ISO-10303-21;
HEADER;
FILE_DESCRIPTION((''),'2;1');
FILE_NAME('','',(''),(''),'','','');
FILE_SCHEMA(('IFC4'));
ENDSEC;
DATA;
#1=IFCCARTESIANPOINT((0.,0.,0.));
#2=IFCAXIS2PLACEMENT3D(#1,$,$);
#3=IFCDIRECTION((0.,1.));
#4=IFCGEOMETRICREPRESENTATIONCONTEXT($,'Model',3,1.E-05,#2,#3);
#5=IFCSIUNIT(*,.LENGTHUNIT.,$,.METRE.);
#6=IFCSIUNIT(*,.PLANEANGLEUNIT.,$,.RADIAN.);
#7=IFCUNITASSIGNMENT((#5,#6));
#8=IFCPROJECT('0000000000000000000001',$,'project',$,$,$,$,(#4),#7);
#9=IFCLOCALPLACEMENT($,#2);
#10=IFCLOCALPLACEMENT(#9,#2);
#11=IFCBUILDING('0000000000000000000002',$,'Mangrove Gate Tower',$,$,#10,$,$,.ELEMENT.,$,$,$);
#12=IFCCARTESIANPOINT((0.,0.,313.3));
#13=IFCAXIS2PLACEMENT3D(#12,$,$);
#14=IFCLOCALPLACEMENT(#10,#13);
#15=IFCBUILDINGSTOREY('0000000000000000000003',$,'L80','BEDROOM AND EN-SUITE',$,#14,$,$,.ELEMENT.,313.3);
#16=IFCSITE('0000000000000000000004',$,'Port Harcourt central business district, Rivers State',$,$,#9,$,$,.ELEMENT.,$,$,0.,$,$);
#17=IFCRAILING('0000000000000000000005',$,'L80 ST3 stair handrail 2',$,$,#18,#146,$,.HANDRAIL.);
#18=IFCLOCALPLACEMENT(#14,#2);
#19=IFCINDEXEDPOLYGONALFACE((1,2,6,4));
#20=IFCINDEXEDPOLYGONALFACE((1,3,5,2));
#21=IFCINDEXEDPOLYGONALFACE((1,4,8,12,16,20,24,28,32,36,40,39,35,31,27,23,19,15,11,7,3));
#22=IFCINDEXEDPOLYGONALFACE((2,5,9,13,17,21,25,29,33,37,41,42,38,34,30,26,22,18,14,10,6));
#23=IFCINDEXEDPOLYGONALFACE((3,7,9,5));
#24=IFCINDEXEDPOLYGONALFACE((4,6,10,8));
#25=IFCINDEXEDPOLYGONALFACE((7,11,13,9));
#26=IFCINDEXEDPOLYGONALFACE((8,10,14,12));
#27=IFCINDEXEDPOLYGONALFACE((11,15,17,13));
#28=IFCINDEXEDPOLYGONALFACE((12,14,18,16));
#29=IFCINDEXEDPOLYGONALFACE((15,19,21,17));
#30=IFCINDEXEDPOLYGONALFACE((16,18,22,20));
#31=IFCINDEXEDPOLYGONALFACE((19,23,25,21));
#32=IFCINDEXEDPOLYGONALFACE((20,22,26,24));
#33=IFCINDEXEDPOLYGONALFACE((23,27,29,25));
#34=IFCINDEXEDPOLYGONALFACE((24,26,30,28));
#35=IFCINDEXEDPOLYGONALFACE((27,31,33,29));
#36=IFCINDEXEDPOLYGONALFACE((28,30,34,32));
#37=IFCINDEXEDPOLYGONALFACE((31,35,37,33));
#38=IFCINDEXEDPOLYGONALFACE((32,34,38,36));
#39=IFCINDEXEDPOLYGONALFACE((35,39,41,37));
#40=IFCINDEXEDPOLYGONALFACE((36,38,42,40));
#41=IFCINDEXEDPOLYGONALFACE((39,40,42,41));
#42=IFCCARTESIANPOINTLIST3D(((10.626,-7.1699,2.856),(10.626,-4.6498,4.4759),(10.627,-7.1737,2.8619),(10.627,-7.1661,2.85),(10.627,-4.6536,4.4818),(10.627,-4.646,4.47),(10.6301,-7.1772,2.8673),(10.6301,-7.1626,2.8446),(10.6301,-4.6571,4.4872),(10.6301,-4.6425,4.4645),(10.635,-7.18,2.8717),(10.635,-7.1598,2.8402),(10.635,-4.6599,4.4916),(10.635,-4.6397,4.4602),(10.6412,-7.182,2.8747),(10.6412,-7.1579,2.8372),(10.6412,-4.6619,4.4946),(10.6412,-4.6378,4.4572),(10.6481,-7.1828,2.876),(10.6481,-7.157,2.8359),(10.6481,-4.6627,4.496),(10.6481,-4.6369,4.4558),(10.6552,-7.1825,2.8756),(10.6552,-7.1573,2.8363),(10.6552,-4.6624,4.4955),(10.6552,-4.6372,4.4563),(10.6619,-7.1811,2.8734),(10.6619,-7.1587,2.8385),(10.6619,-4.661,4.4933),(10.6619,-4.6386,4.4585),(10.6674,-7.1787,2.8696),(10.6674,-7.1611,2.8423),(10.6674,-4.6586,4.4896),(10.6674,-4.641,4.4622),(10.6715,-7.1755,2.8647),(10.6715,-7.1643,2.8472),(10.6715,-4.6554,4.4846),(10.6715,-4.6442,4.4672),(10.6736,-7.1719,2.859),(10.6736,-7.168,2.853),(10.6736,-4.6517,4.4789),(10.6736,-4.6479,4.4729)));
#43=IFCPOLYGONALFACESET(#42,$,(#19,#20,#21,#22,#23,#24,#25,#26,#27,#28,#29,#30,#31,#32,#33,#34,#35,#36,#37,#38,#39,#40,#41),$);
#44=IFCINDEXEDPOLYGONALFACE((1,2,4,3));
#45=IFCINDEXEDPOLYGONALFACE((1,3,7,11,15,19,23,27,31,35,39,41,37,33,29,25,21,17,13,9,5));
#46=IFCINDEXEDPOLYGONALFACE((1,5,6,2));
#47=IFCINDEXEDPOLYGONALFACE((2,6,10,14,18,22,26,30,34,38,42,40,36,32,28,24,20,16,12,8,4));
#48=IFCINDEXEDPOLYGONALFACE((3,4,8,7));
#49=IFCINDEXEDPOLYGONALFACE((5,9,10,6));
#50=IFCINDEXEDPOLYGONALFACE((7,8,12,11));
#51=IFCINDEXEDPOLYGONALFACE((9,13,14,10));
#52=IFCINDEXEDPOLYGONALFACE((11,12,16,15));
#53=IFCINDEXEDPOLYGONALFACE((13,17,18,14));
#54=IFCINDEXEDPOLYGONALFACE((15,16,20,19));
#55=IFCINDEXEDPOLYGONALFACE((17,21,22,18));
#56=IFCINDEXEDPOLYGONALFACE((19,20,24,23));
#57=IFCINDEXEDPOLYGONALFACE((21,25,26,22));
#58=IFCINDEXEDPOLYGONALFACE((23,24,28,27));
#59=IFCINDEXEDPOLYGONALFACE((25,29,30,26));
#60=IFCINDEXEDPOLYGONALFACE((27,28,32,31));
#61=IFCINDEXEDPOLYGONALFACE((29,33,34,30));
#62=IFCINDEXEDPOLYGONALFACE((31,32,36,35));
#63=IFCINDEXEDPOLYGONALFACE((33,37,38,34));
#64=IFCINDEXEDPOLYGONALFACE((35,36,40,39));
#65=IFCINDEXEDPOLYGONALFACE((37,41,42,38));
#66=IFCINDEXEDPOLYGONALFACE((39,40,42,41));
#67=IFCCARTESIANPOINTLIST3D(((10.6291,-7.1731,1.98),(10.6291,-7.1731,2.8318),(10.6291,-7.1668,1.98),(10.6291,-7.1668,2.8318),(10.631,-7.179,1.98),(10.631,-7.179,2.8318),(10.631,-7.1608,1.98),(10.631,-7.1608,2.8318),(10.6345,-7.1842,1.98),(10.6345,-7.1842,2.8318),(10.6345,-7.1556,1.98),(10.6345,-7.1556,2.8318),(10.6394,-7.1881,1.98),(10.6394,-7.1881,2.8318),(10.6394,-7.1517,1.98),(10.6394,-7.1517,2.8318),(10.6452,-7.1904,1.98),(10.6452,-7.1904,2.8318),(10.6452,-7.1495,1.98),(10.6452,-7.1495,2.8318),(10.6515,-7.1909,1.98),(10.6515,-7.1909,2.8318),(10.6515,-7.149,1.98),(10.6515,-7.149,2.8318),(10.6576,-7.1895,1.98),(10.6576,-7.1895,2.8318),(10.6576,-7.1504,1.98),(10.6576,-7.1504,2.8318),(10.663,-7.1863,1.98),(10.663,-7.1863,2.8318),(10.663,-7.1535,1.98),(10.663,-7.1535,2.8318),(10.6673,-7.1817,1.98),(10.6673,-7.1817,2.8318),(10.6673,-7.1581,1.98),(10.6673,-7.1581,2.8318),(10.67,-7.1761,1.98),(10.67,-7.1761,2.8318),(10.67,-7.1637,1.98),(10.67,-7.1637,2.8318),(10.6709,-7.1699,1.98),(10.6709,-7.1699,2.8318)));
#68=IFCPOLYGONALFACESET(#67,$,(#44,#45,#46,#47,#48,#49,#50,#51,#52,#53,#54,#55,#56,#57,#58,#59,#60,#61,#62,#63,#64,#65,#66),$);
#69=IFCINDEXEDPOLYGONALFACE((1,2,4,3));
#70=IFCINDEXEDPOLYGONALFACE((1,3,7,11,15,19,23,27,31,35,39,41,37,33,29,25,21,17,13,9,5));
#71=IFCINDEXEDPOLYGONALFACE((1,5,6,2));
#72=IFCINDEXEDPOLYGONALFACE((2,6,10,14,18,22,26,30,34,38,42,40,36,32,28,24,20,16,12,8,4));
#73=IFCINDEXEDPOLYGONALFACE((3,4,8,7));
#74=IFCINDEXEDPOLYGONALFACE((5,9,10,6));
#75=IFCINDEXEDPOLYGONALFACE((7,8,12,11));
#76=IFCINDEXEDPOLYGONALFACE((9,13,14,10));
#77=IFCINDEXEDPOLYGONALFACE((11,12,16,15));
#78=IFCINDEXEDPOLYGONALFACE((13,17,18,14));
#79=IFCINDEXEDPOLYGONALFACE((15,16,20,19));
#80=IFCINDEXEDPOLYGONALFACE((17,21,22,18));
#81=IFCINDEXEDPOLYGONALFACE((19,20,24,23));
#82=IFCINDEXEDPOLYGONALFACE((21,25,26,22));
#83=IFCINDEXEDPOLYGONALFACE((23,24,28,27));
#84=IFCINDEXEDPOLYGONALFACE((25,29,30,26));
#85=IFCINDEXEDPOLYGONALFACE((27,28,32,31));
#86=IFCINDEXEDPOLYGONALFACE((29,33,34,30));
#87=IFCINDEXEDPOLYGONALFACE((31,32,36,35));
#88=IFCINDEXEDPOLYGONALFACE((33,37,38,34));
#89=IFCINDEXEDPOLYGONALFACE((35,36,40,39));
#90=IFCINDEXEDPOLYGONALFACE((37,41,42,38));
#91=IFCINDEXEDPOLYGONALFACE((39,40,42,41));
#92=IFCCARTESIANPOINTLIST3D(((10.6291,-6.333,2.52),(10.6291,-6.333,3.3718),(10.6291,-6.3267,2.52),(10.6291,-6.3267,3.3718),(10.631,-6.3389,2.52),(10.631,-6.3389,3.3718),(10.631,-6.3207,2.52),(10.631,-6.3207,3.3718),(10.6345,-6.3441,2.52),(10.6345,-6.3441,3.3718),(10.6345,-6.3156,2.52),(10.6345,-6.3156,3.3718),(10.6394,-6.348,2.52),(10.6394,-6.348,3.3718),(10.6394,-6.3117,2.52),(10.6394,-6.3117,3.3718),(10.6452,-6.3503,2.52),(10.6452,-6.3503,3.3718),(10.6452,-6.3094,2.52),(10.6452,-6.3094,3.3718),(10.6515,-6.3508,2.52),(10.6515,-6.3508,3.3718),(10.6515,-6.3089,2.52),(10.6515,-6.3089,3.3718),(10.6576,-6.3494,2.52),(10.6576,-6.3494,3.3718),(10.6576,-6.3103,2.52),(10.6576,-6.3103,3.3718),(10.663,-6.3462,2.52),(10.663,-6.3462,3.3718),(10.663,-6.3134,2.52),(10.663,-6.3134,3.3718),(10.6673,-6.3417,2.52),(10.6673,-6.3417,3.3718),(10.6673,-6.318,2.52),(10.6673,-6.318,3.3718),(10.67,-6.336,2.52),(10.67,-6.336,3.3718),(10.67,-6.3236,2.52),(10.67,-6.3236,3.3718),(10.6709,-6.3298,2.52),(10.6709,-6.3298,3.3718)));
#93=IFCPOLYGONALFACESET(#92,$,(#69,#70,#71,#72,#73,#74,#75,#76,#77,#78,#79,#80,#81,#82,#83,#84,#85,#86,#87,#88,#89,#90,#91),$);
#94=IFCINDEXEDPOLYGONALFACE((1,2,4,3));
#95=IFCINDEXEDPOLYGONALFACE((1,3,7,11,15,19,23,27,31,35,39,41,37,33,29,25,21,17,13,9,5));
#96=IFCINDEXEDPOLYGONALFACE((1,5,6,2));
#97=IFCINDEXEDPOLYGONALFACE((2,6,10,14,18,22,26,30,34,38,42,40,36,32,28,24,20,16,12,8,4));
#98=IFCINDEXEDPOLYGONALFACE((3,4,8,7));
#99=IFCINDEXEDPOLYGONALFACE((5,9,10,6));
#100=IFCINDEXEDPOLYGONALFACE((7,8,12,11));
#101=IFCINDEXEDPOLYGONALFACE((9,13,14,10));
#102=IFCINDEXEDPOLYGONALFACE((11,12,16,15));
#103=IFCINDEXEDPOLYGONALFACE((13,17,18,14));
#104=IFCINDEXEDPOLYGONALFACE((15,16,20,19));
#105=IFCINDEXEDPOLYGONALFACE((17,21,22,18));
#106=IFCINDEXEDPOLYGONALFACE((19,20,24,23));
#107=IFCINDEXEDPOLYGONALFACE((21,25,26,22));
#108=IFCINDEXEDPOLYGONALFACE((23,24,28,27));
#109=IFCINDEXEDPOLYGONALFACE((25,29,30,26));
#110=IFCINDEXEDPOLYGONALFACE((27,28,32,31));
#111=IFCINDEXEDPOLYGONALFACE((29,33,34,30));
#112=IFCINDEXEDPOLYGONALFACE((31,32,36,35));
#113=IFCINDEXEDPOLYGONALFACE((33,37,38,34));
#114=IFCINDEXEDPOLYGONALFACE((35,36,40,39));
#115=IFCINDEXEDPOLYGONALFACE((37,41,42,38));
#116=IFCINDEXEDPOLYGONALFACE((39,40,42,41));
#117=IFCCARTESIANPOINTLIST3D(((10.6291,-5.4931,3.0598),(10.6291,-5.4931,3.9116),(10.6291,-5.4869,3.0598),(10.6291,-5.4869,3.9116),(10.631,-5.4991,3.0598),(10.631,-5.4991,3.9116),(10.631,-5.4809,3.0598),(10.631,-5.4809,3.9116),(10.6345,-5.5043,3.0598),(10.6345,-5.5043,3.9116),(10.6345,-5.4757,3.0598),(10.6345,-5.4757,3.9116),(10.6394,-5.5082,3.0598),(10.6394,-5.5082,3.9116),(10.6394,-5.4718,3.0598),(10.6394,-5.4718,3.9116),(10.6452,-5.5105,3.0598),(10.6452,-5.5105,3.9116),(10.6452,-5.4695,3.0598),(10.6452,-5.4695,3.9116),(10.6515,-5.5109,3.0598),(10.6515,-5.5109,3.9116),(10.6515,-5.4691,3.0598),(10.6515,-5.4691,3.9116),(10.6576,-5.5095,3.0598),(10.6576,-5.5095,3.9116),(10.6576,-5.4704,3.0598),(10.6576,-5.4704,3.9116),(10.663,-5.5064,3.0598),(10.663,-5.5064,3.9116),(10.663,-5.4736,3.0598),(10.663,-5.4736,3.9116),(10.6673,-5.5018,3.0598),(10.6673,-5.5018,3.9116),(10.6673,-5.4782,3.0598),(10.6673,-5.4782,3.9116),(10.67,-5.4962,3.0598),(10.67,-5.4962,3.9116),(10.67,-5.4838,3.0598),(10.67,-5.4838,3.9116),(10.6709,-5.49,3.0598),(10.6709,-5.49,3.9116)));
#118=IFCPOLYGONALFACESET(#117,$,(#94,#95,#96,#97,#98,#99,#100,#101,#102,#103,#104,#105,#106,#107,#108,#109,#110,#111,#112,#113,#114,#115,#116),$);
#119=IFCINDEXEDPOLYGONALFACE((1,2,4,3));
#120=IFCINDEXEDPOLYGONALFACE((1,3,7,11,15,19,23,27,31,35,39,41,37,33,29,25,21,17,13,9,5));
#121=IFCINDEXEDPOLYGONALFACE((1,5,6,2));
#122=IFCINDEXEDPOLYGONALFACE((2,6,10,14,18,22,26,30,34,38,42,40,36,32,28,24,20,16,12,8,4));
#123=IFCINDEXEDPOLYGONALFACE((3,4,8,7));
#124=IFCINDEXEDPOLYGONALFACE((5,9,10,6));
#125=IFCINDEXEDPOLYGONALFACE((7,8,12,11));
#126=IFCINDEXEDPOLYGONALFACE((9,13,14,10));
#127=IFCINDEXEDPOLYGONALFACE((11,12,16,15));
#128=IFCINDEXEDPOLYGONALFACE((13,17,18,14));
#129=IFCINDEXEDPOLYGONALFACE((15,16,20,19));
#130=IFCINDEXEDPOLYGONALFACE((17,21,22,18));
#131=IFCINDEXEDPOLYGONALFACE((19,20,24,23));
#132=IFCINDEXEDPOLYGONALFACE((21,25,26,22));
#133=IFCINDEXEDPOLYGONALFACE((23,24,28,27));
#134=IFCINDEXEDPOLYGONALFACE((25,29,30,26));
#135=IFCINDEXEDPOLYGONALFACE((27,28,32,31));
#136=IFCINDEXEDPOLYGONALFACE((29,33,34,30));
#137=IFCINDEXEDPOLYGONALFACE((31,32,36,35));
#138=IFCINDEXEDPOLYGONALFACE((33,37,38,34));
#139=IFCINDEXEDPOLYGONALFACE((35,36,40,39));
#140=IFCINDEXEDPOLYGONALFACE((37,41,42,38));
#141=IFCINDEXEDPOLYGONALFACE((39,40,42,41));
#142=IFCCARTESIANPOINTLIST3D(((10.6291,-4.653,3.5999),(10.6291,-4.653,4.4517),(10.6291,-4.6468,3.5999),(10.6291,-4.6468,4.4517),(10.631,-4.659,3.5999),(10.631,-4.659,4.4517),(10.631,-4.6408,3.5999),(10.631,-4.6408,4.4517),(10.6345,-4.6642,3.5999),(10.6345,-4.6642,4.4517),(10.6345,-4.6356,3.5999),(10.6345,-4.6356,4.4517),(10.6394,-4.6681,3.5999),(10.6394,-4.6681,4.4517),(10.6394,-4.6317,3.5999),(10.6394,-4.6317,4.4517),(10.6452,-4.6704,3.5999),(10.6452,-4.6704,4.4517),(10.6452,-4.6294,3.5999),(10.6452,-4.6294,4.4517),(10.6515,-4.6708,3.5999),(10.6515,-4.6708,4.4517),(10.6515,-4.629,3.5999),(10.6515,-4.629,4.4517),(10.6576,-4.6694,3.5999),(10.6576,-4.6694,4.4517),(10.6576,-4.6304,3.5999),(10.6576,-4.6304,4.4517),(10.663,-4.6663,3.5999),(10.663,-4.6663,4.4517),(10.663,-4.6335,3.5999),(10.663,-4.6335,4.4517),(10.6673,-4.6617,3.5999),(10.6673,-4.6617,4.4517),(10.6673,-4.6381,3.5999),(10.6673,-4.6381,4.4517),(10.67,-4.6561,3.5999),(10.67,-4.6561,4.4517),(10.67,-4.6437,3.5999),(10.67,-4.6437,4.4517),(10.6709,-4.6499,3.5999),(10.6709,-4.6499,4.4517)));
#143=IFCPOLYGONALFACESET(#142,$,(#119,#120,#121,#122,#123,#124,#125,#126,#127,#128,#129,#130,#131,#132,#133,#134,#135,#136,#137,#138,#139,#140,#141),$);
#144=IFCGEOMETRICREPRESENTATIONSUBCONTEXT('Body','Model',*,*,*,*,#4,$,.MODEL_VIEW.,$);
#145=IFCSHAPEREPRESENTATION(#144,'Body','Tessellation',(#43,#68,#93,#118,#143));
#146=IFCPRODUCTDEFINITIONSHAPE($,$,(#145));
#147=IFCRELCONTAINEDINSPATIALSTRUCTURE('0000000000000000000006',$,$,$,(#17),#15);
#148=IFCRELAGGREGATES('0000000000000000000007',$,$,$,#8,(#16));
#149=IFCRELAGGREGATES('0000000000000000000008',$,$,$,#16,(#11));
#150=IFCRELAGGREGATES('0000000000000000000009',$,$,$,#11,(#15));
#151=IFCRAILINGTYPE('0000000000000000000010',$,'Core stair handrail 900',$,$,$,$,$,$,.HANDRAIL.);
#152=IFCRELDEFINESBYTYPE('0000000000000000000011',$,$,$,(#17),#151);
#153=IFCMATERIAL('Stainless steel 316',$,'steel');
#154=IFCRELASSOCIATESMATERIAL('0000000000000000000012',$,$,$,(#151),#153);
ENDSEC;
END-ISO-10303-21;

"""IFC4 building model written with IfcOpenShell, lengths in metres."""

from ifc_helpers import new_model, si_unit, direction, frame, origin, origin_2d, place, context, subcontext, project, spatial, circle, extrude, material, type_object, element, save


model = new_model("IFC4")

# Units and contexts
model_context = context("Model", 3, precision=1e-05, world=origin(), true_north=direction((0.0, 1.0)))
body_context = subcontext(model_context, "Body", "Model", "MODEL_VIEW")
ifc_project = project(units=[si_unit("LENGTHUNIT", "METRE"), si_unit("PLANEANGLEUNIT", "RADIAN")], contexts=[model_context])

# Site, building, storey
site_placement = place(None, origin())
site = spatial("IfcSite", under=ifc_project, at=site_placement, Name="Port Harcourt central business district, Rivers State", CompositionType="ELEMENT", RefElevation=0.0)
building_placement = place(site_placement, origin())
building = spatial("IfcBuilding", under=site, at=building_placement, Name="Mangrove Gate Tower", CompositionType="ELEMENT")
storey_placement = place(building_placement, frame((0.0, 0.0, 313.3)))
storey = spatial("IfcBuildingStorey", under=building, at=storey_placement, Name="L80", Description="BEDROOM AND EN-SUITE", CompositionType="ELEMENT", Elevation=313.3)

# Railing
ifc_material_1 = material(Name="Stainless steel 316", Category="steel")
railing_type_1 = type_object("IfcRailingType", Name="Core stair handrail 900", PredefinedType="HANDRAIL", material=ifc_material_1)
railing_1_placement = place(storey_placement, frame((10.6499, -7.1699, 1.98)))
element("IfcRailing", 1, at=railing_1_placement, inside=storey, type_object=railing_type_1, Name="L80 ST3 stair handrail 2", PredefinedType="HANDRAIL", context=body_context, shape_type="SweptSolid", body=[
    extrude(circle(Radius=0.0239, at=origin_2d()), frame((0.0, 0.0, 0.876), z_axis=(0.0, 0.8412, 0.540725), x_axis=(-1.0, 0.0, 0.0)), (0.0, 0.0, 1.0), 2.9958),
    extrude(circle(Radius=0.021, at=origin_2d()), origin(), (0.0, 0.0, 1.0), 0.8518),
    extrude(circle(Radius=0.021, at=origin_2d()), frame((0.0, 0.8401, 0.54)), (0.0, 0.0, 1.0), 0.8518),
    extrude(circle(Radius=0.021, at=origin_2d()), frame((0.0, 1.6799, 1.0798)), (0.0, 0.0, 1.0), 0.8518),
    extrude(circle(Radius=0.021, at=origin_2d()), frame((0.0, 2.52, 1.6199)), (0.0, 0.0, 1.0), 0.8518),
])

save(model, "model.ifc")
